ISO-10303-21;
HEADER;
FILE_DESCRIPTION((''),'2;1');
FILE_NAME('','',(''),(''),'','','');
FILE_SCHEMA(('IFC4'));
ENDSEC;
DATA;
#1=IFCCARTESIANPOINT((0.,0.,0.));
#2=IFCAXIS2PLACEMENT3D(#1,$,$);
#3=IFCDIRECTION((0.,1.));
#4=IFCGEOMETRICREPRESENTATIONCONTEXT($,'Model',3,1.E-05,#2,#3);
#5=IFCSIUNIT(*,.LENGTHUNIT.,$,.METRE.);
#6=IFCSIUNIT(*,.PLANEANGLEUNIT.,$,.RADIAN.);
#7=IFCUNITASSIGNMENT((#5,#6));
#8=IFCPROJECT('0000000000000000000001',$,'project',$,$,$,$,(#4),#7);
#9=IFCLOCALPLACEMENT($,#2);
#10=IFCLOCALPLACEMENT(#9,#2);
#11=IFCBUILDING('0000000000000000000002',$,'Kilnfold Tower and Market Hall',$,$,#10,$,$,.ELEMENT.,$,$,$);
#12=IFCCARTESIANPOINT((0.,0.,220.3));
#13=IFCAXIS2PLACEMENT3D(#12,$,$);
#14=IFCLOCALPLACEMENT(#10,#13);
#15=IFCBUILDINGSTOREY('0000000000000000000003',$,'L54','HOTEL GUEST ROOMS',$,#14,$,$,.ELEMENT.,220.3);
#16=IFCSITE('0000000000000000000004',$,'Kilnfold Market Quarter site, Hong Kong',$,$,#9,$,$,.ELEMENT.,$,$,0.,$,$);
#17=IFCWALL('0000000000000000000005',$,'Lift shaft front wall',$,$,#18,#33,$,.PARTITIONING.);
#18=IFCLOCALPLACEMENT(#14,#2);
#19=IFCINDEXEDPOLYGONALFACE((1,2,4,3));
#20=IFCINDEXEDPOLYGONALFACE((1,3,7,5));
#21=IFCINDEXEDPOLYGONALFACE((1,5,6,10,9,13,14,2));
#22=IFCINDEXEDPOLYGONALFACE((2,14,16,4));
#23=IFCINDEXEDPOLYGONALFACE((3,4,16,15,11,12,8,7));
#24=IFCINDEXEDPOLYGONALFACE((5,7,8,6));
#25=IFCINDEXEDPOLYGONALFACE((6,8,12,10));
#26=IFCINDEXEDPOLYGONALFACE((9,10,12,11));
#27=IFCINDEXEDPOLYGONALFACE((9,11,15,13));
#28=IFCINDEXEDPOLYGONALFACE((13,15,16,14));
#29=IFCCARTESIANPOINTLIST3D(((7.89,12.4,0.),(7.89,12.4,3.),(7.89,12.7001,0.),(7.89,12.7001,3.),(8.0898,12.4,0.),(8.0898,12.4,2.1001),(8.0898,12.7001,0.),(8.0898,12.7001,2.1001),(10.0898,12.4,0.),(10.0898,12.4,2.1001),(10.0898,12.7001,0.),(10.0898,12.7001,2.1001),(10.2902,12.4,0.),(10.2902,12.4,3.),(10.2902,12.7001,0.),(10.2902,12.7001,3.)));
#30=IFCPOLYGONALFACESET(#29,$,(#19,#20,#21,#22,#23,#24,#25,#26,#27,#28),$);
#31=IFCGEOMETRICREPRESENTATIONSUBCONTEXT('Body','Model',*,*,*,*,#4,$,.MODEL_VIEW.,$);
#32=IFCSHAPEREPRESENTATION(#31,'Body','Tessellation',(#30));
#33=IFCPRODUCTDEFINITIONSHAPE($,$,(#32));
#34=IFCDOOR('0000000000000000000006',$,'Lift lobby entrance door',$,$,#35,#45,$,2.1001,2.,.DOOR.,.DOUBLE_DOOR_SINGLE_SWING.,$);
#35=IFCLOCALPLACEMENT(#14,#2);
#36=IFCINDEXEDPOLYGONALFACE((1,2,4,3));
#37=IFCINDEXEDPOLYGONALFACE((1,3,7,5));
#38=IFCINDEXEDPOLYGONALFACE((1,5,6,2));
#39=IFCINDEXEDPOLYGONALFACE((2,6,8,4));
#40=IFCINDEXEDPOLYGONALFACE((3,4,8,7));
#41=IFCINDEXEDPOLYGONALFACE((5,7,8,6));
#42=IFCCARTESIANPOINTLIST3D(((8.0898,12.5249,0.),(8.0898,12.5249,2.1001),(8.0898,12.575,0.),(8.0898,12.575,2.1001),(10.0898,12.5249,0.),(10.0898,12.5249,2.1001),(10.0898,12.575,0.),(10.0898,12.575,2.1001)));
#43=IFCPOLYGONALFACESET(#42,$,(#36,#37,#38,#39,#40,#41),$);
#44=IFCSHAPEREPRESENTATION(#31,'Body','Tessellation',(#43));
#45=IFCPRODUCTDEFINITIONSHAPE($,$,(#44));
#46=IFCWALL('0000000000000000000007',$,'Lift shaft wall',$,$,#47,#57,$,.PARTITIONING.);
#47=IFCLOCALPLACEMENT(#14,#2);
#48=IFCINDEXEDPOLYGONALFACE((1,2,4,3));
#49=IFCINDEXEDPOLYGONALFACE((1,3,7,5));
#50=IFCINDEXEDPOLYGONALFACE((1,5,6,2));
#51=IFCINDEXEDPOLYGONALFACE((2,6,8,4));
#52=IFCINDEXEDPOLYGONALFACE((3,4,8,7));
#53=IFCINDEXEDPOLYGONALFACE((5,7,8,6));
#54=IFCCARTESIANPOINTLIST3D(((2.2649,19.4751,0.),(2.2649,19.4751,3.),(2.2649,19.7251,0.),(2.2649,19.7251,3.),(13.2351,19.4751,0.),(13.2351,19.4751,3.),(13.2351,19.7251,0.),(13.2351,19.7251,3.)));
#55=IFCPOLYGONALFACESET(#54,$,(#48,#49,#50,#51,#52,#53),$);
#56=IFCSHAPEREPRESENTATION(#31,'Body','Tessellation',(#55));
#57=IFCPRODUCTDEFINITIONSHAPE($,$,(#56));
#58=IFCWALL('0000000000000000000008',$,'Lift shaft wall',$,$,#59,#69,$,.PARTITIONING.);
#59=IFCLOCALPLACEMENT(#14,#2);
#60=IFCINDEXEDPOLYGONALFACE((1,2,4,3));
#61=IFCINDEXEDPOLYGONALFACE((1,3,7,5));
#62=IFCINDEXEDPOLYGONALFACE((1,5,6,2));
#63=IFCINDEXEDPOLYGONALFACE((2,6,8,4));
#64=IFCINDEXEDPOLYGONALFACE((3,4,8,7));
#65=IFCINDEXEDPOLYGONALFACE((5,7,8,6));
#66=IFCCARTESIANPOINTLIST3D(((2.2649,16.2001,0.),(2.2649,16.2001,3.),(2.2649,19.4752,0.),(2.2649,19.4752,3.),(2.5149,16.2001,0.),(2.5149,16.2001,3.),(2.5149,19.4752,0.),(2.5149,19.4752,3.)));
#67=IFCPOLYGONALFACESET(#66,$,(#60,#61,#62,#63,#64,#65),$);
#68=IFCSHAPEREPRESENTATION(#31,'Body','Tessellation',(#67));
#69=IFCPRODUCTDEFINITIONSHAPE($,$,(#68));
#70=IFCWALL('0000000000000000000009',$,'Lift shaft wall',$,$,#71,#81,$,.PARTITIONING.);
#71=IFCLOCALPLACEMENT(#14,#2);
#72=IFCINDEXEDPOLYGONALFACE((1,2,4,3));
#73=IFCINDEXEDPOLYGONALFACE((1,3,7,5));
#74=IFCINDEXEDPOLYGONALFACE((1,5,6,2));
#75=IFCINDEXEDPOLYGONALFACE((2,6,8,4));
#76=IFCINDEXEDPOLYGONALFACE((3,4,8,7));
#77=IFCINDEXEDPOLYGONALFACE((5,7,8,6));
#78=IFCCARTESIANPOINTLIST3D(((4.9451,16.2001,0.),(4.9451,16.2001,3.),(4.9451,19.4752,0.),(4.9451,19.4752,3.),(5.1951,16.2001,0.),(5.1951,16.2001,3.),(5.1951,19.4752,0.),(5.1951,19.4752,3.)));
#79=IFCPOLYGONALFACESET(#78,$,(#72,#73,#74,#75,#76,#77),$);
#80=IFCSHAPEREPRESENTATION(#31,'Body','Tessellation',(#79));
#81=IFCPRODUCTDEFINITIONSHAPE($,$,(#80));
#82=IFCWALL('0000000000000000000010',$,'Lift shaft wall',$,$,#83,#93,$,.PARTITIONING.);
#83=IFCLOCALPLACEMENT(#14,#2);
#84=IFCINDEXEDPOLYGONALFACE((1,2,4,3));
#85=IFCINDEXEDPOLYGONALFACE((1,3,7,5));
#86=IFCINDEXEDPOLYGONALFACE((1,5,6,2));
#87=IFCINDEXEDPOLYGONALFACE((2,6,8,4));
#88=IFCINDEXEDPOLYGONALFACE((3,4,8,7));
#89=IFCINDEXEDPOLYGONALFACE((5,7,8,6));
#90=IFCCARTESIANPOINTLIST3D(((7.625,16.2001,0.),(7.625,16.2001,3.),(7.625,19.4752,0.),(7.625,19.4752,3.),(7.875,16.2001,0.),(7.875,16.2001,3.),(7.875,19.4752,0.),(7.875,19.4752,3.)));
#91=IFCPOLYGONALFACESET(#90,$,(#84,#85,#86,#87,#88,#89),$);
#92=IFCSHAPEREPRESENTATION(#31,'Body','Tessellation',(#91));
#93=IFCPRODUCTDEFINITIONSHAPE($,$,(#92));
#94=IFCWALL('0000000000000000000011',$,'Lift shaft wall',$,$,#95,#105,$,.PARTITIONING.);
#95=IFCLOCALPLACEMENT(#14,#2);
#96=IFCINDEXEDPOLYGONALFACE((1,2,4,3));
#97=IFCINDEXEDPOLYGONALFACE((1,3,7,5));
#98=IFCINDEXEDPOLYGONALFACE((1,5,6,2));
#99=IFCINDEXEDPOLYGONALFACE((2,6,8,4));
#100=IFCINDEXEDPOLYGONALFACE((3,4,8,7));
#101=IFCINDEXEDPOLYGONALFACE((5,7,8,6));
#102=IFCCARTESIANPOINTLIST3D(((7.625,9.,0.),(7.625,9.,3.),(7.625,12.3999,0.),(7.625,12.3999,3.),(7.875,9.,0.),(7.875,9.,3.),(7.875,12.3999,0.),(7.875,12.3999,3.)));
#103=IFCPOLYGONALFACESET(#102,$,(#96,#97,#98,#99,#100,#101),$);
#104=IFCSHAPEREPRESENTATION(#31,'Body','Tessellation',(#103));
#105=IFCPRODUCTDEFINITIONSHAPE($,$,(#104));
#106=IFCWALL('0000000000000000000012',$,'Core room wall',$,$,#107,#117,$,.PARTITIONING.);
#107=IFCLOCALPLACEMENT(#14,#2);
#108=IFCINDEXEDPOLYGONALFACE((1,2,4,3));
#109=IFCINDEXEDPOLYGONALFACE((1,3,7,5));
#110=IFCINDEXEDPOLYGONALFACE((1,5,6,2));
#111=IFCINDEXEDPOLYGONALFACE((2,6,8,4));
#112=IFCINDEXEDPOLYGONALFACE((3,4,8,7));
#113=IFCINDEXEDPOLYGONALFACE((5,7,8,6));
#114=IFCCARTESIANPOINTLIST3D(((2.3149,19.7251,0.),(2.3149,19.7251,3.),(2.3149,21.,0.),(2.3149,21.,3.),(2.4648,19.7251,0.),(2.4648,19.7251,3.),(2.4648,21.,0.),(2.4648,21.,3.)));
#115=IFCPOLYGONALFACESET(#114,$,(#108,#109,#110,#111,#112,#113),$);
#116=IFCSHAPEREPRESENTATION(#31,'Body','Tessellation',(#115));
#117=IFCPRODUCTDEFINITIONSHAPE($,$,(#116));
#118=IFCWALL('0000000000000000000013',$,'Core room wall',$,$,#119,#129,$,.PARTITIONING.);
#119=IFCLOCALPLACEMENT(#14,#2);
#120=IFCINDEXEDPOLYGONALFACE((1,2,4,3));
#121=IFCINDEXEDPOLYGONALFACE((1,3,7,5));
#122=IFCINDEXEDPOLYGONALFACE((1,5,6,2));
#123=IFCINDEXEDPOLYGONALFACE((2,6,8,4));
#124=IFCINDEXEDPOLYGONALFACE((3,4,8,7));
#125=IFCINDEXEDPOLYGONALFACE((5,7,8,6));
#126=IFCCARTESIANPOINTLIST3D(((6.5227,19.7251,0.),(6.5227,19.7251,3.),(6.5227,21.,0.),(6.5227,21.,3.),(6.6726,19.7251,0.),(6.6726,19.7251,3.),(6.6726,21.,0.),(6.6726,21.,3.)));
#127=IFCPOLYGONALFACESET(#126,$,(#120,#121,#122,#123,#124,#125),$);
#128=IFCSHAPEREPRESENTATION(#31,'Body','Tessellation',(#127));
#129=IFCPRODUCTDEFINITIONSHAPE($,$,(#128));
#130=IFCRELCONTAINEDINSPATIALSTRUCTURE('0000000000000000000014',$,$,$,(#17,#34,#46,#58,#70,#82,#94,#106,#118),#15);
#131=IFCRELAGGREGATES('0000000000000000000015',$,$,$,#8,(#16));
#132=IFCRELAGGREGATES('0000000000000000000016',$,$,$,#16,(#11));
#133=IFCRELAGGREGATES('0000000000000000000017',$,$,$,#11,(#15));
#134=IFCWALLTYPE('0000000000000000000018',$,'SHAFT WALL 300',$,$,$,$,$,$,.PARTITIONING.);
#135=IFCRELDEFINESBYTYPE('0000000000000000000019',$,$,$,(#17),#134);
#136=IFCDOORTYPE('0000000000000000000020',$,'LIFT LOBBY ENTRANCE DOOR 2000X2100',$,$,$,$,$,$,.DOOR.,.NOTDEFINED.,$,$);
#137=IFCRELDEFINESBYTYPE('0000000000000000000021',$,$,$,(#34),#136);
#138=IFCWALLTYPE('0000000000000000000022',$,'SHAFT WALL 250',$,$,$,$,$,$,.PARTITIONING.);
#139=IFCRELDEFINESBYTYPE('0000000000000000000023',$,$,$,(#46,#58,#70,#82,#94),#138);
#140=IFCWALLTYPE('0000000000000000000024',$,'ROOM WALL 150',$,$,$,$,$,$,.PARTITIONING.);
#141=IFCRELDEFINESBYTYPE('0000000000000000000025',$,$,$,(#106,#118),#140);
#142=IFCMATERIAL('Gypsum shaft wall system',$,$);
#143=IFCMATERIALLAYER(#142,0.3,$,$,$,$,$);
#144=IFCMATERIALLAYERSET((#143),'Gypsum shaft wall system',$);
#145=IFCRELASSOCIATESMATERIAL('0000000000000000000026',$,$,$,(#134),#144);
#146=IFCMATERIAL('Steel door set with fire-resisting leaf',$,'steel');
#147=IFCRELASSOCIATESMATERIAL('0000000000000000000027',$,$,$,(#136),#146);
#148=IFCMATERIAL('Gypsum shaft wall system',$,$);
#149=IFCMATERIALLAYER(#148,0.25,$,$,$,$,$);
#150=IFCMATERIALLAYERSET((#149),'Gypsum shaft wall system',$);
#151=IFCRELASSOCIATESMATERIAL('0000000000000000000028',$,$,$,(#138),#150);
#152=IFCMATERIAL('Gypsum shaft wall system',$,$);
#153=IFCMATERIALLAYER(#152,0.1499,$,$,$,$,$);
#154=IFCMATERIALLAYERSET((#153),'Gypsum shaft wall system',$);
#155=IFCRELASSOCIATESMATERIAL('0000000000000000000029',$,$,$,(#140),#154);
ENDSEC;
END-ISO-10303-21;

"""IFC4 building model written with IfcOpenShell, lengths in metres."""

from ifc_helpers import new_model, si_unit, direction, frame, frame_2d, origin, place, context, subcontext, project, spatial, rectangle, extrude, source, transform, mapped, material, layer, layer_set, type_object, element, fill, save


model = new_model("IFC4")

# Units and contexts
model_context = context("Model", 3, precision=1e-05, world=origin(), true_north=direction((0.0, 1.0)))
body_context = subcontext(model_context, "Body", "Model", "MODEL_VIEW")
ifc_project = project(units=[si_unit("LENGTHUNIT", "METRE"), si_unit("PLANEANGLEUNIT", "RADIAN")], contexts=[model_context])

# Site, building, storey
site_placement = place(None, origin())
site = spatial("IfcSite", under=ifc_project, at=site_placement, Name="Kilnfold Market Quarter site, Hong Kong", CompositionType="ELEMENT", RefElevation=0.0)
building_placement = place(site_placement, origin())
building = spatial("IfcBuilding", under=site, at=building_placement, Name="Kilnfold Tower and Market Hall", CompositionType="ELEMENT")
storey_placement = place(building_placement, frame((0.0, 0.0, 220.3)))
storey = spatial("IfcBuildingStorey", under=building, at=storey_placement, Name="L54", Description="HOTEL GUEST ROOMS", CompositionType="ELEMENT", Elevation=220.3)

# Shared definitions
ifc_material_1 = material(Name="Gypsum shaft wall system")
ifc_layer_1 = layer(ifc_material_1, 0.3)
ifc_layer_set_1 = layer_set([ifc_layer_1], Name="Gypsum shaft wall system")
wall_type_1 = type_object("IfcWallType", Name="SHAFT WALL 300", PredefinedType="PARTITIONING", material=ifc_layer_set_1)

# Wall, opening, door
shared_shape_1 = source(origin(), body_context, "Body", "SweptSolid", [
    extrude(rectangle(XDim=2.4001, YDim=0.3, at=frame_2d((1.2002, 0.0))), origin(), (0.0, 0.0, 1.0), 3.0),
])
wall_1_placement = place(storey_placement, frame((7.8899, 12.55, 0.0), z_axis=(0.0, 0.0, 1.0), x_axis=(1.0, 0.0, 0.0)))
wall_1 = element("IfcWall", 1, at=wall_1_placement, inside=storey, type_object=wall_type_1, Name="Lift shaft front wall", PredefinedType="PARTITIONING", context=body_context, shape_type="MappedRepresentation", body=[
    mapped(shared_shape_1, transform((0.0, 0.0, 0.0))),
])
opening_1_placement = place(wall_1_placement, frame((0.2, 0.0, 0.0)))
opening_1 = element("IfcOpeningElement", 2, at=opening_1_placement, cuts=wall_1, PredefinedType="OPENING", context=body_context, shape_type="SweptSolid", body=[
    extrude(rectangle(XDim=2.0, YDim=2.1001, at=frame_2d((1.0, 1.05))), frame((0.0, 0.1602, 0.0), z_axis=(0.0, -1.0, 0.0), x_axis=(1.0, 0.0, 0.0)), (0.0, 0.0, 1.0), 0.3201),
])
ifc_material_2 = material(Name="Steel door set with fire-resisting leaf", Category="steel")
door_type_1 = type_object("IfcDoorType", Name="LIFT LOBBY ENTRANCE DOOR 2000X2100", OperationType="NOTDEFINED", PredefinedType="DOOR", material=ifc_material_2)
door_1_placement = place(opening_1_placement, origin())
door_1 = element("IfcDoor", 3, at=door_1_placement, inside=storey, type_object=door_type_1, Name="Lift lobby entrance door", OperationType="DOUBLE_DOOR_SINGLE_SWING", OverallHeight=2.1001, OverallWidth=2.0, PredefinedType="DOOR", context=body_context, shape_type="SweptSolid", body=[
    extrude(rectangle(XDim=2.0, YDim=2.1001, at=frame_2d((1.0, 1.05))), frame((0.0, 0.0249, 0.0), z_axis=(0.0, -1.0, 0.0), x_axis=(1.0, 0.0, 0.0)), (0.0, 0.0, 1.0), 0.05),
])
fill(opening_1, door_1)

# Walls
ifc_material_3 = material(Name="Gypsum shaft wall system")
ifc_layer_2 = layer(ifc_material_3, 0.25)
ifc_layer_set_2 = layer_set([ifc_layer_2], Name="Gypsum shaft wall system")
wall_type_2 = type_object("IfcWallType", Name="SHAFT WALL 250", PredefinedType="PARTITIONING", material=ifc_layer_set_2)
shared_shape_2 = source(origin(), body_context, "Body", "SweptSolid", [
    extrude(rectangle(XDim=10.9702, YDim=0.25, at=frame_2d((5.4851, 0.0))), origin(), (0.0, 0.0, 1.0), 3.0),
])
wall_2_placement = place(storey_placement, frame((2.2649, 19.6001, 0.0), z_axis=(0.0, 0.0, 1.0), x_axis=(1.0, 0.0, 0.0)))
element("IfcWall", 4, at=wall_2_placement, inside=storey, type_object=wall_type_2, Name="Lift shaft wall", PredefinedType="PARTITIONING", context=body_context, shape_type="MappedRepresentation", body=[
    mapped(shared_shape_2, transform((0.0, 0.0, 0.0))),
])
shared_shape_3 = source(origin(), body_context, "Body", "SweptSolid", [
    extrude(rectangle(XDim=3.2751, YDim=0.25, at=frame_2d((1.6377, 0.0))), origin(), (0.0, 0.0, 1.0), 3.0),
])
for number, where, z_axis, x_axis, name in (
    (5, (2.3899, 16.2, 0.0), (0.0, 0.0, 1.0), (0.0, 1.0, 0.0), "Lift shaft wall"),
    (6, (5.0701, 16.2, 0.0), (0.0, 0.0, 1.0), (0.0, 1.0, 0.0), "Lift shaft wall"),
    (7, (7.75, 16.2, 0.0), (0.0, 0.0, 1.0), (0.0, 1.0, 0.0), "Lift shaft wall"),
):
    element("IfcWall", number, at=place(storey_placement, frame(where, z_axis=z_axis, x_axis=x_axis)), inside=storey, type_object=wall_type_2, Name=name, PredefinedType="PARTITIONING", context=body_context, shape_type="MappedRepresentation", body=[
        mapped(shared_shape_3, transform((0.0, 0.0, 0.0))),
    ])
shared_shape_4 = source(origin(), body_context, "Body", "SweptSolid", [
    extrude(rectangle(XDim=3.3999, YDim=0.25, at=frame_2d((1.7, 0.0))), origin(), (0.0, 0.0, 1.0), 3.0),
])
wall_3_placement = place(storey_placement, frame((7.75, 9.0, 0.0), z_axis=(0.0, 0.0, 1.0), x_axis=(0.0, 1.0, 0.0)))
element("IfcWall", 8, at=wall_3_placement, inside=storey, type_object=wall_type_2, Name="Lift shaft wall", PredefinedType="PARTITIONING", context=body_context, shape_type="MappedRepresentation", body=[
    mapped(shared_shape_4, transform((0.0, 0.0, 0.0))),
])
ifc_material_4 = material(Name="Gypsum shaft wall system")
ifc_layer_3 = layer(ifc_material_4, 0.1499)
ifc_layer_set_3 = layer_set([ifc_layer_3], Name="Gypsum shaft wall system")
wall_type_3 = type_object("IfcWallType", Name="ROOM WALL 150", PredefinedType="PARTITIONING", material=ifc_layer_set_3)
shared_shape_5 = source(origin(), body_context, "Body", "SweptSolid", [
    extrude(rectangle(XDim=1.2749, YDim=0.1499, at=frame_2d((0.6375, 0.0))), origin(), (0.0, 0.0, 1.0), 3.0),
])
for number, where, z_axis, x_axis, name in (
    (9, (2.3899, 19.7251, 0.0), (0.0, 0.0, 1.0), (0.0, 1.0, 0.0), "Core room wall"),
    (10, (6.5977, 19.7251, 0.0), (0.0, 0.0, 1.0), (0.0, 1.0, 0.0), "Core room wall"),
):
    element("IfcWall", number, at=place(storey_placement, frame(where, z_axis=z_axis, x_axis=x_axis)), inside=storey, type_object=wall_type_3, Name=name, PredefinedType="PARTITIONING", context=body_context, shape_type="MappedRepresentation", body=[
        mapped(shared_shape_5, transform((0.0, 0.0, 0.0))),
    ])

save(model, "model.ifc")
